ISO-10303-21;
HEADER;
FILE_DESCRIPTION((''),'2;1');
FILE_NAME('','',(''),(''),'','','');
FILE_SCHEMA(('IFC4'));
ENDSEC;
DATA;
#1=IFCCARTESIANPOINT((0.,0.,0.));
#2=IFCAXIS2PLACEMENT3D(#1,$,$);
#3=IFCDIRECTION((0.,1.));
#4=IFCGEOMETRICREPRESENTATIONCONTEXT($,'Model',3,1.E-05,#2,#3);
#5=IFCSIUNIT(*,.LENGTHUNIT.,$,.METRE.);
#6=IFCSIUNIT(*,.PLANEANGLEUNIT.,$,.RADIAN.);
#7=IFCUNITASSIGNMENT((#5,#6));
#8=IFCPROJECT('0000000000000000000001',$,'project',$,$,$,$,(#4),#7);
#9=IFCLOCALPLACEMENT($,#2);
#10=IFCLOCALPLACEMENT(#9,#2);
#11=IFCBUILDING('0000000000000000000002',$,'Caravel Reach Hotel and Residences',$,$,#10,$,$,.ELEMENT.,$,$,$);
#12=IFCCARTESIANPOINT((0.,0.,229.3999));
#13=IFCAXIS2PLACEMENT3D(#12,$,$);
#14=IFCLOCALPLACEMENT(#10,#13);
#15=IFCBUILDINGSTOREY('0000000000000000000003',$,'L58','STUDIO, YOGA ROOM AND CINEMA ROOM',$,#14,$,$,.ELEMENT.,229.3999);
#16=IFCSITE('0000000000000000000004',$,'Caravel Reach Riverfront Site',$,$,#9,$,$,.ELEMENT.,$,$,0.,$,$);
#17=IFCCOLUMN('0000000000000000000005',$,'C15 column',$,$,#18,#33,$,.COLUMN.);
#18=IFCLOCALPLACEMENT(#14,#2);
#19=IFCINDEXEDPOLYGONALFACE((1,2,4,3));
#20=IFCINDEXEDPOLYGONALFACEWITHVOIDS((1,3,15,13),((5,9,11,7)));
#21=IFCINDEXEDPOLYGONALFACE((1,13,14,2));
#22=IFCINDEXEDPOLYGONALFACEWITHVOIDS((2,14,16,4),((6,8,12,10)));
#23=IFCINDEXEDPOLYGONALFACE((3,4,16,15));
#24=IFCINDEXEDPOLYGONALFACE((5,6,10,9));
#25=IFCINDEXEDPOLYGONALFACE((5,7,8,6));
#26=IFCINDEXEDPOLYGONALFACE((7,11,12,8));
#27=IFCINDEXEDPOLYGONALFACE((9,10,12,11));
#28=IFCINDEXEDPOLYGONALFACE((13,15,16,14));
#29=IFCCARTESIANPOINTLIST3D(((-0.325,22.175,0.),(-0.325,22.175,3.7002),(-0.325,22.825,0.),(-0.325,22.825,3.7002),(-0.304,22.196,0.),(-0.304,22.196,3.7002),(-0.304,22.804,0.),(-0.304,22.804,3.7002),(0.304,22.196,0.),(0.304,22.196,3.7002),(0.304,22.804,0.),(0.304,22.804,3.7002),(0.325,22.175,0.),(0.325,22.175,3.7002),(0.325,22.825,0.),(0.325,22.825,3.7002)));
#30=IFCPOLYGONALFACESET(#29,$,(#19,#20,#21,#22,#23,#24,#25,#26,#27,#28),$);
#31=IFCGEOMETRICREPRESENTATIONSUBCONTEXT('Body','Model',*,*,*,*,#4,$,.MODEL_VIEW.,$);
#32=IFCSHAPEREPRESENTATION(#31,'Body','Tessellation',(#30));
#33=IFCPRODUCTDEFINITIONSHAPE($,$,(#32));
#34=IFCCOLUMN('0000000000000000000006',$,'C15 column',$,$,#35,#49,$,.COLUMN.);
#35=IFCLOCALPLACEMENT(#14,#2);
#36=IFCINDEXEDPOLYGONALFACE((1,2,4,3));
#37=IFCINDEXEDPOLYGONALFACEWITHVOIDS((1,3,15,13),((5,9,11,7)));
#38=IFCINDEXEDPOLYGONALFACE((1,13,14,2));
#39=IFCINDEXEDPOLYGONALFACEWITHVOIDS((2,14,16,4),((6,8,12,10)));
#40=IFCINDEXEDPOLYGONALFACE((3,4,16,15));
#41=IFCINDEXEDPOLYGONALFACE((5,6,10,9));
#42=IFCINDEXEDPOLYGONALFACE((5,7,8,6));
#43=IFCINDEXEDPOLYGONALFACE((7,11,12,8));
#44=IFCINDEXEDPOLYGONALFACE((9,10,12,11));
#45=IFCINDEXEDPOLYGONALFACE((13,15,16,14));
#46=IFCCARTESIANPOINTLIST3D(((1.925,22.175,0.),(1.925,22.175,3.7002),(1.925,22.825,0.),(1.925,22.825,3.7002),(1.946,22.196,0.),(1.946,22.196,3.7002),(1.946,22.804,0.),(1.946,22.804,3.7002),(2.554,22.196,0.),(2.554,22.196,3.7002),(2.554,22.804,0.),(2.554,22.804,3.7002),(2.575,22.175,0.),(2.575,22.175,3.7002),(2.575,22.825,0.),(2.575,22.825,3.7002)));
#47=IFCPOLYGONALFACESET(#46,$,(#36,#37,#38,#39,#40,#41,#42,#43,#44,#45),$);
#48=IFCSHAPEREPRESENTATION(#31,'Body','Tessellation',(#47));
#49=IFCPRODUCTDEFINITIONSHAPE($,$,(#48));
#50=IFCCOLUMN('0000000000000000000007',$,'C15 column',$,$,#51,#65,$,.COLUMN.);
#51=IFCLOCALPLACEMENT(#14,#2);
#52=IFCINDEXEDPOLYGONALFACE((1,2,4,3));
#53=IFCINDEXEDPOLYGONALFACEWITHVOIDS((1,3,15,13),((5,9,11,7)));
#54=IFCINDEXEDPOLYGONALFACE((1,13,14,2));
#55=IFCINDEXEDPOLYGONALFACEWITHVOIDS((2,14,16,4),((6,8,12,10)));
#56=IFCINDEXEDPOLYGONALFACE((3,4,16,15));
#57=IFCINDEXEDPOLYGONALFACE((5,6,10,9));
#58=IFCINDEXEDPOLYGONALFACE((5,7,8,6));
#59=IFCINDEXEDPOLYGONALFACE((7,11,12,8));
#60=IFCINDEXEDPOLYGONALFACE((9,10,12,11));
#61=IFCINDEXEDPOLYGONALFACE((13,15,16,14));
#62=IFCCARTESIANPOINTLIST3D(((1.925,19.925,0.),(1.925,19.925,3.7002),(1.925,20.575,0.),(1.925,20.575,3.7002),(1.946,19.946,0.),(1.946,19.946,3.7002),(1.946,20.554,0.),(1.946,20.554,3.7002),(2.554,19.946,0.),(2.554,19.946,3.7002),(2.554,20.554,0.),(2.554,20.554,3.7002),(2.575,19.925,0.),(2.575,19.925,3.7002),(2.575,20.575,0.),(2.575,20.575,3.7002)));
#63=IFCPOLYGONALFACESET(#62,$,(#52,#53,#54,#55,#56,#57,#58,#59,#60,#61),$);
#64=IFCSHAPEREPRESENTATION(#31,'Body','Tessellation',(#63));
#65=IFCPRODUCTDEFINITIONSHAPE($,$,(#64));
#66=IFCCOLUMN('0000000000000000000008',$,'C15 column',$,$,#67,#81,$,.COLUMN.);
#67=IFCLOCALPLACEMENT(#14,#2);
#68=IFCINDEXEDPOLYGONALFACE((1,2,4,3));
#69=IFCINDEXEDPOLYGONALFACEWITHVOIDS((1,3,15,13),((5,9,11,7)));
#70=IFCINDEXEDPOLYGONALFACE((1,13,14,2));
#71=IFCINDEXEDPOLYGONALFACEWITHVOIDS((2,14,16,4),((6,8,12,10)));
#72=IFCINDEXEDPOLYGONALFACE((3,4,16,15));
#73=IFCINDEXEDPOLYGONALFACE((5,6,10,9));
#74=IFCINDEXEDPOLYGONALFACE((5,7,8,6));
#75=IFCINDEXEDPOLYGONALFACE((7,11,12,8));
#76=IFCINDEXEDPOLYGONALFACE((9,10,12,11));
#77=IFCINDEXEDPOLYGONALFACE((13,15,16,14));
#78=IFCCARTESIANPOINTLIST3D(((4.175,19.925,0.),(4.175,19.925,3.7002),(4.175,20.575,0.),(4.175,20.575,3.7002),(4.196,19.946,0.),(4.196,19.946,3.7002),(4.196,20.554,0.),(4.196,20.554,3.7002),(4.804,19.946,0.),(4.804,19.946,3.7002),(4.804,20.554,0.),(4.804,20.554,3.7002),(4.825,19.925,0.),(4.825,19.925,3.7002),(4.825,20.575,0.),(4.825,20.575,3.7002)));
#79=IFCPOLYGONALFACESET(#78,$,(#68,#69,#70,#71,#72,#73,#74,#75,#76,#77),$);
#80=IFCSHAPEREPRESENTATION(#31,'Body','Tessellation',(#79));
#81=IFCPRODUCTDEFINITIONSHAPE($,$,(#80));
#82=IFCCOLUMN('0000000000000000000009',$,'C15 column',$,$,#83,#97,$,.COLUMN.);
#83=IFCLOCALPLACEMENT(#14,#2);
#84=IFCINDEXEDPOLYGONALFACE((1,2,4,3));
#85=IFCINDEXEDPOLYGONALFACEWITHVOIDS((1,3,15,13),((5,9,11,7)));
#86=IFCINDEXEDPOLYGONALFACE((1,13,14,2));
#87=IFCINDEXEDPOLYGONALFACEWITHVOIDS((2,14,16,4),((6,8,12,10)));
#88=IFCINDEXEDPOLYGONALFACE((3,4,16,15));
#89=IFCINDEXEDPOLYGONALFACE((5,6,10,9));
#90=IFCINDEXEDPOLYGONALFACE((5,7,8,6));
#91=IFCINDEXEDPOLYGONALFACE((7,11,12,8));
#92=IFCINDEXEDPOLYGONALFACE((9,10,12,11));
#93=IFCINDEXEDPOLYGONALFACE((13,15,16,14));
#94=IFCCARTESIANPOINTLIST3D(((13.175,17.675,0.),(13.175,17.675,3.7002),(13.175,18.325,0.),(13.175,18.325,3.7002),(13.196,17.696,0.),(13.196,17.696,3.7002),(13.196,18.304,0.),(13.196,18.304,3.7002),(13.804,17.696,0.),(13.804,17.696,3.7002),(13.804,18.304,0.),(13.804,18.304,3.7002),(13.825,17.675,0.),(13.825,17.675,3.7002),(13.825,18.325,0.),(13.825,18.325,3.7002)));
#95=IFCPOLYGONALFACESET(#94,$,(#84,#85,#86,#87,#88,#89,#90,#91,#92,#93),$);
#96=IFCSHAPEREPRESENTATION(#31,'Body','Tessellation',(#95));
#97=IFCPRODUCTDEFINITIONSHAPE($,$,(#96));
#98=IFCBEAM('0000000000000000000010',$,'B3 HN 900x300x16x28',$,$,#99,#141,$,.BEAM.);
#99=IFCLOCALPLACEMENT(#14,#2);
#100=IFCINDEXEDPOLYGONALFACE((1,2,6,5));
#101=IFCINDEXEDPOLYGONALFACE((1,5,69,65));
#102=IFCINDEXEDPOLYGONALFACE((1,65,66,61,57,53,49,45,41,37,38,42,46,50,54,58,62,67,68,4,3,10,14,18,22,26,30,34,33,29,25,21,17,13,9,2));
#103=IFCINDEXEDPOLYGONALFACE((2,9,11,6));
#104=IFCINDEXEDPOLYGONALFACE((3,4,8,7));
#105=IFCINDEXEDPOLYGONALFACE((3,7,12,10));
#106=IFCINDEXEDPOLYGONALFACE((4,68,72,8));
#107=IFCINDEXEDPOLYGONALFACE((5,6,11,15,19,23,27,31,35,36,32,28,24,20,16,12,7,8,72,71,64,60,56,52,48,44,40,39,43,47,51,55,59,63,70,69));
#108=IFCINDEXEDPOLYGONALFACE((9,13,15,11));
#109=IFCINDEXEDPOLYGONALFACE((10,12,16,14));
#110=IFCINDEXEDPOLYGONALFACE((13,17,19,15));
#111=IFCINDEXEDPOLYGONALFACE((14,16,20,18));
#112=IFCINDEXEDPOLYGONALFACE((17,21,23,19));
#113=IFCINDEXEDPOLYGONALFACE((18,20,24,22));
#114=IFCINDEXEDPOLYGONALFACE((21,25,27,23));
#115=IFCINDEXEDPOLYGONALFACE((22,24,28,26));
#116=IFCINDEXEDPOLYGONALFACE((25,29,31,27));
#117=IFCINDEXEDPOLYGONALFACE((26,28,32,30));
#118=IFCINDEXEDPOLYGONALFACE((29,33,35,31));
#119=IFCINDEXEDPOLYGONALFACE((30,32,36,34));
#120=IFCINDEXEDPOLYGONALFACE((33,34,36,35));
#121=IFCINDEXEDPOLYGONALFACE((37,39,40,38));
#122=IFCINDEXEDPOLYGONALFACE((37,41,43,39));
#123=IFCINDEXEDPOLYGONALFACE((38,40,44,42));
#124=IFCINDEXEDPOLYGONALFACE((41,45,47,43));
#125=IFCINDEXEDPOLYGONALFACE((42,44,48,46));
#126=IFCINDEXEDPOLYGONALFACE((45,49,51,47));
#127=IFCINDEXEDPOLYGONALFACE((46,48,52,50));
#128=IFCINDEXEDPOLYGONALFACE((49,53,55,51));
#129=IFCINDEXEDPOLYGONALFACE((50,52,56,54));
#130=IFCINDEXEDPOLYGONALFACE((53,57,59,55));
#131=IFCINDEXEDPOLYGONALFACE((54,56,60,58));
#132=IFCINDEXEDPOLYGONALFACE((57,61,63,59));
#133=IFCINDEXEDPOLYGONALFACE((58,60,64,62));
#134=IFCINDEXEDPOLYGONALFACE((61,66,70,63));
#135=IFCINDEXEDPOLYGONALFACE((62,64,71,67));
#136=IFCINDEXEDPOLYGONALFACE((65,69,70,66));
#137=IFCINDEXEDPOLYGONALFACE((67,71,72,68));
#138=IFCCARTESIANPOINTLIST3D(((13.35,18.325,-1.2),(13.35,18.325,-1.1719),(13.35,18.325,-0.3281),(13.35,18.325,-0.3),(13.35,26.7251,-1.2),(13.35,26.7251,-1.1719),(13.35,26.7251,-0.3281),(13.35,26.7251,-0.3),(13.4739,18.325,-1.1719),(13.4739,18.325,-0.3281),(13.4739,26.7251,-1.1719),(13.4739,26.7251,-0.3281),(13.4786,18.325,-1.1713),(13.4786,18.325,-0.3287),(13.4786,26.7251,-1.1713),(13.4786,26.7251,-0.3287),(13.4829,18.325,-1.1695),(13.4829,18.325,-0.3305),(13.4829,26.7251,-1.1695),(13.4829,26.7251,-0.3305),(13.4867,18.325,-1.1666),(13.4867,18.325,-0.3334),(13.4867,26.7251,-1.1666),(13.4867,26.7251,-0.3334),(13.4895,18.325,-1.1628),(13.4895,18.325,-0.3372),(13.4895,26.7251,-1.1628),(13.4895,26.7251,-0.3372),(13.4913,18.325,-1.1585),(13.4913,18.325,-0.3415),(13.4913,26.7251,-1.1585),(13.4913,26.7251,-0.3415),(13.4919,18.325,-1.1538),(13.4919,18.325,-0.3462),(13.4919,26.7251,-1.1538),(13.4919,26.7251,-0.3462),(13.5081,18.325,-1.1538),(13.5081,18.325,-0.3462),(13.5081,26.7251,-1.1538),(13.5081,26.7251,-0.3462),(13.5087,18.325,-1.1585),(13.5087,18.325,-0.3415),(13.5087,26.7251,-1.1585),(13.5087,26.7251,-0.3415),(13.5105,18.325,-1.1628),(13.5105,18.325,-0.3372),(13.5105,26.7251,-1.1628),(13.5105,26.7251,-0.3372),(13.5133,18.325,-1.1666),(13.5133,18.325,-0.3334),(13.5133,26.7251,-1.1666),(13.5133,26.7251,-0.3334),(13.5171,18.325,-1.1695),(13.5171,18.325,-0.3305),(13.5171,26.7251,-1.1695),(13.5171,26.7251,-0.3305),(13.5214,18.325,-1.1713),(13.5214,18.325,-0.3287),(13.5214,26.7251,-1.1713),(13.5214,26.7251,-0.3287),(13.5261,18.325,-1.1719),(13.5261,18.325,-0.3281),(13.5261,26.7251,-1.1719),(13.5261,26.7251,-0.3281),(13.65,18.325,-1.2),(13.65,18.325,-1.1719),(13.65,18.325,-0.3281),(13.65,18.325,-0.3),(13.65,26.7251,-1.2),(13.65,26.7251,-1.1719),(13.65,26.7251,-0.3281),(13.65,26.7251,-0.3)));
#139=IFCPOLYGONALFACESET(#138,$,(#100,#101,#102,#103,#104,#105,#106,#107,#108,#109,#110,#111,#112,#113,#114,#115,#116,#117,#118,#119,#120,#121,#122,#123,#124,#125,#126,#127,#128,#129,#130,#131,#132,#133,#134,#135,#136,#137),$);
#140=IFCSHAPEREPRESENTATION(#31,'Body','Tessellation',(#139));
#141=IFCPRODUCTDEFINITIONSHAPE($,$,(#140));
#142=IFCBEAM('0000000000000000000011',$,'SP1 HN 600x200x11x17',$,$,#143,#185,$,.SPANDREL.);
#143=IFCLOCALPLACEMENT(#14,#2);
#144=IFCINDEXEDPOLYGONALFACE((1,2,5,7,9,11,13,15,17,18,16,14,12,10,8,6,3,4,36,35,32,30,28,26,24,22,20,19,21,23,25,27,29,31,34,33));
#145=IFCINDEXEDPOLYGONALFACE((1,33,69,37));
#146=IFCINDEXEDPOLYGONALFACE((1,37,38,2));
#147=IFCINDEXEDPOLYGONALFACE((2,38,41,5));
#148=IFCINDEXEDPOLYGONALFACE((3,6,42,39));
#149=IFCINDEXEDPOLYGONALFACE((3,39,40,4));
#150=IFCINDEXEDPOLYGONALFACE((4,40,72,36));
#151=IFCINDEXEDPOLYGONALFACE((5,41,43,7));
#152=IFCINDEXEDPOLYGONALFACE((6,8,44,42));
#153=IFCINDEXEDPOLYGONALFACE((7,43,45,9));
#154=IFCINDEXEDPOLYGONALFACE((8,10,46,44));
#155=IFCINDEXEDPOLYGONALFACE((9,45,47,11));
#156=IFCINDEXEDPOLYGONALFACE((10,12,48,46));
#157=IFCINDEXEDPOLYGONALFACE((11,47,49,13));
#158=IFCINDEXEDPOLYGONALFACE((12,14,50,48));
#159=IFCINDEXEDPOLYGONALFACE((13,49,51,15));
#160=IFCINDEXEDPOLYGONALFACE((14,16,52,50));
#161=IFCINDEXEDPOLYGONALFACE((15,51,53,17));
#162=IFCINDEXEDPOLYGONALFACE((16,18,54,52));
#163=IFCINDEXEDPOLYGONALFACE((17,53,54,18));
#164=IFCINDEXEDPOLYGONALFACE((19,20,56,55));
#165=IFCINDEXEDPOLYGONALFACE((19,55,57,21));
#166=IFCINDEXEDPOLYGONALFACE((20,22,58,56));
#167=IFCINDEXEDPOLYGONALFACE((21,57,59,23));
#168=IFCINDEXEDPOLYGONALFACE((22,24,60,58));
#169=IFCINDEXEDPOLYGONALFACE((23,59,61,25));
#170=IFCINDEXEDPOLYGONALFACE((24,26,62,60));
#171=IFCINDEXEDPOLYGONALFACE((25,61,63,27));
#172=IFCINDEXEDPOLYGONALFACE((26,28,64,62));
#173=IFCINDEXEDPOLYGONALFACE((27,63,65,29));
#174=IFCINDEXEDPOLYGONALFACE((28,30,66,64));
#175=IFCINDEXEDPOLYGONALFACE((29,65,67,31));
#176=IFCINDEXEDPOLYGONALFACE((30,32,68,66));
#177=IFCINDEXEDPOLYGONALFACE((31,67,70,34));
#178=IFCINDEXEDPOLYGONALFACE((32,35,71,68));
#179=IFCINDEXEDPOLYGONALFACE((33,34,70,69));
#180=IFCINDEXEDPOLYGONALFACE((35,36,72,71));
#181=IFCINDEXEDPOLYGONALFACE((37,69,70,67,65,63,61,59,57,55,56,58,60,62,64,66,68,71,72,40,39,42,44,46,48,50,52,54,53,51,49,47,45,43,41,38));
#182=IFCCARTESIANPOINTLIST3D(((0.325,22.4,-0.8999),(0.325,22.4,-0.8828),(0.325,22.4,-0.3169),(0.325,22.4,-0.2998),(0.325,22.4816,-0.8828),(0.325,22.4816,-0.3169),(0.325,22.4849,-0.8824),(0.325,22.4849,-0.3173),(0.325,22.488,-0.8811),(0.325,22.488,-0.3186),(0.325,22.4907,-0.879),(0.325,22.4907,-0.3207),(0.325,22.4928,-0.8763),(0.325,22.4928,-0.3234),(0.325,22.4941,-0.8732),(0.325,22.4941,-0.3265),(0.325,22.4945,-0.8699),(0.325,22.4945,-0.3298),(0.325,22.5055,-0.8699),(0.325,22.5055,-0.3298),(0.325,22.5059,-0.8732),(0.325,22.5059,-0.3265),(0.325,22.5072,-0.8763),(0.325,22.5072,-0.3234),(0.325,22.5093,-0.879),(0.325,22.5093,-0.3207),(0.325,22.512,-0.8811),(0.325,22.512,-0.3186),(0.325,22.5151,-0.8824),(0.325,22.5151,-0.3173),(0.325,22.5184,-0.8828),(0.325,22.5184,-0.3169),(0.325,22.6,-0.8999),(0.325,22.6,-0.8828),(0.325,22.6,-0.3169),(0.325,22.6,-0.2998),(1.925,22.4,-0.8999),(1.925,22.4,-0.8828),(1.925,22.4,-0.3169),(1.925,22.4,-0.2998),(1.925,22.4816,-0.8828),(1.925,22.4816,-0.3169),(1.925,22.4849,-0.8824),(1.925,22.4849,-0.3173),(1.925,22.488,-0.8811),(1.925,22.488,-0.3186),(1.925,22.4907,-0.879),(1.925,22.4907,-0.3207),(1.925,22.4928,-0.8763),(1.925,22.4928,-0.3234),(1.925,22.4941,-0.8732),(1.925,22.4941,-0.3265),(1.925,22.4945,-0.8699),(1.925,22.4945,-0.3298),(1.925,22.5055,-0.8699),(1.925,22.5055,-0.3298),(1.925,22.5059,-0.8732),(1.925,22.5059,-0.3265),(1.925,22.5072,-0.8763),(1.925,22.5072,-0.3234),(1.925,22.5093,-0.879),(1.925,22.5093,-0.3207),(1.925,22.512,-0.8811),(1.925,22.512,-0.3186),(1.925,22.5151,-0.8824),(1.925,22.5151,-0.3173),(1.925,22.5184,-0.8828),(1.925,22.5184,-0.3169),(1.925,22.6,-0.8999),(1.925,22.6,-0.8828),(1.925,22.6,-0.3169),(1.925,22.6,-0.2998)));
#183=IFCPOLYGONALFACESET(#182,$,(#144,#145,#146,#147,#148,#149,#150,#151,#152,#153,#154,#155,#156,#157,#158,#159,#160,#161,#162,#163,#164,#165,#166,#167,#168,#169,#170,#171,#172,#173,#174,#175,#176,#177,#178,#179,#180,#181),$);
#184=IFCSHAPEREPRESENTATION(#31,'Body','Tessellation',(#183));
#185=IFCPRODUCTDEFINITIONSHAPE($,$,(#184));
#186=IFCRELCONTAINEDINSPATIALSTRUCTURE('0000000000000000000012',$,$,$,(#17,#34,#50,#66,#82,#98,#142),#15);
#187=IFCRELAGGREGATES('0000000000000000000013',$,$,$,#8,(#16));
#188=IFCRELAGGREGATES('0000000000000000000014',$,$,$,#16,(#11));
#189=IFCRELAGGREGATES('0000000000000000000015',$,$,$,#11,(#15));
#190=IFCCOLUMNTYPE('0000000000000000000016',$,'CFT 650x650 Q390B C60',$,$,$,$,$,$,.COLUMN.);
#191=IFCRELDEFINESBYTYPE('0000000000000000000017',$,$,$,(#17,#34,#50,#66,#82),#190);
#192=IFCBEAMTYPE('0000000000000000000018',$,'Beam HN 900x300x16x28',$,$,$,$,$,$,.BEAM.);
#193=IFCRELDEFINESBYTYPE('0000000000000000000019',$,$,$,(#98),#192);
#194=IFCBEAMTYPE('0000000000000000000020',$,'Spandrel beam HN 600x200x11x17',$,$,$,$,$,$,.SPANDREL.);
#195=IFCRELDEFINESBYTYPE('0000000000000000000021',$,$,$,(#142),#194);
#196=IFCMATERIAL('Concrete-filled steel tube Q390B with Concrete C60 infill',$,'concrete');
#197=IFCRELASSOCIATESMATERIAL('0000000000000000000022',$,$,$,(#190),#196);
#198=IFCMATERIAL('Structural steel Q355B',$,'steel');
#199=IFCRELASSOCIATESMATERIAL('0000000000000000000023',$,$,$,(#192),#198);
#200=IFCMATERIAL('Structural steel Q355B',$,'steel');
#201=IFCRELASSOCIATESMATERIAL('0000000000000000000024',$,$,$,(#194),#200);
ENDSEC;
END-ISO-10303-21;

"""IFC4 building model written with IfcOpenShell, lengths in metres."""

from ifc_helpers import new_model, si_unit, direction, frame, origin, origin_2d, place, context, subcontext, project, spatial, hollow_rectangle, i_section, extrude, material, material_profile, profile_set, type_object, element, save


model = new_model("IFC4")

# Units and contexts
model_context = context("Model", 3, precision=1e-05, world=origin(), true_north=direction((0.0, 1.0)))
body_context = subcontext(model_context, "Body", "Model", "MODEL_VIEW")
ifc_project = project(units=[si_unit("LENGTHUNIT", "METRE"), si_unit("PLANEANGLEUNIT", "RADIAN")], contexts=[model_context])

# Site, building, storey
site_placement = place(None, origin())
site = spatial("IfcSite", under=ifc_project, at=site_placement, Name="Caravel Reach Riverfront Site", CompositionType="ELEMENT", RefElevation=0.0)
building_placement = place(site_placement, origin())
building = spatial("IfcBuilding", under=site, at=building_placement, Name="Caravel Reach Hotel and Residences", CompositionType="ELEMENT")
storey_placement = place(building_placement, frame((0.0, 0.0, 229.3999)))
storey = spatial("IfcBuildingStorey", under=building, at=storey_placement, Name="L58", Description="STUDIO, YOGA ROOM AND CINEMA ROOM", CompositionType="ELEMENT", Elevation=229.3999)

# Columns
ifc_material_1 = material(Name="Concrete-filled steel tube Q390B with Concrete C60 infill", Category="concrete")
ifc_material_profile_1 = material_profile(ifc_material_1, hollow_rectangle(XDim=0.6499, YDim=0.6499, WallThickness=0.021, at=origin_2d()), Name="RHS 650x650x21")
ifc_profile_set_1 = profile_set([ifc_material_profile_1], Name="Concrete-filled steel tube Q390B with Concrete C60 infill")
column_type = type_object("IfcColumnType", Name="CFT 650x650 Q390B C60", PredefinedType="COLUMN", material=ifc_profile_set_1)
for number, where, z_axis, x_axis, name in (
    (1, (0.0, 22.5, 0.0), (0.0, 0.0, 1.0), (1.0, 0.0, 0.0), "C15 column"),
    (2, (2.25, 22.5, 0.0), (0.0, 0.0, 1.0), (1.0, 0.0, 0.0), "C15 column"),
    (3, (2.25, 20.25, 0.0), (0.0, 0.0, 1.0), (1.0, 0.0, 0.0), "C15 column"),
    (4, (4.5, 20.25, 0.0), (0.0, 0.0, 1.0), (1.0, 0.0, 0.0), "C15 column"),
    (5, (13.5, 18.0, 0.0), (0.0, 0.0, 1.0), (1.0, 0.0, 0.0), "C15 column"),
):
    element("IfcColumn", number, at=place(storey_placement, frame(where, z_axis=z_axis, x_axis=x_axis)), inside=storey, type_object=column_type, Name=name, PredefinedType="COLUMN", context=body_context, shape_type="SweptSolid", body=[
        extrude(hollow_rectangle(XDim=0.6499, YDim=0.6499, WallThickness=0.021, at=origin_2d()), origin(), (0.0, 0.0, 1.0), 3.7002),
    ])

# Beams
ifc_material_2 = material(Name="Structural steel Q355B", Category="steel")
ifc_material_profile_2 = material_profile(ifc_material_2, i_section(OverallWidth=0.3, OverallDepth=0.8999, WebThickness=0.0161, FlangeThickness=0.0281, FilletRadius=0.0181, at=origin_2d()), Name="HN 900x300x16x28")
ifc_profile_set_2 = profile_set([ifc_material_profile_2], Name="Structural steel Q355B")
beam_type_1 = type_object("IfcBeamType", Name="Beam HN 900x300x16x28", PredefinedType="BEAM", material=ifc_profile_set_2)
beam_1_placement = place(storey_placement, frame((13.5, 18.325, -0.75), z_axis=(0.0, 1.0, 0.0), x_axis=(-1.0, 0.0, 0.0)))
element("IfcBeam", 6, at=beam_1_placement, inside=storey, type_object=beam_type_1, Name="B3 HN 900x300x16x28", PredefinedType="BEAM", context=body_context, shape_type="SweptSolid", body=[
    extrude(i_section(OverallWidth=0.3, OverallDepth=0.8999, WebThickness=0.0161, FlangeThickness=0.0281, FilletRadius=0.0181, at=origin_2d()), origin(), (0.0, 0.0, 1.0), 8.4001),
])
ifc_material_3 = material(Name="Structural steel Q355B", Category="steel")
ifc_material_profile_3 = material_profile(ifc_material_3, i_section(OverallWidth=0.2, OverallDepth=0.6001, WebThickness=0.011, FlangeThickness=0.0171, FilletRadius=0.0129, at=origin_2d()), Name="HN 600x200x11x17")
ifc_profile_set_3 = profile_set([ifc_material_profile_3], Name="Structural steel Q355B")
beam_type_2 = type_object("IfcBeamType", Name="Spandrel beam HN 600x200x11x17", PredefinedType="SPANDREL", material=ifc_profile_set_3)
for number, where, z_axis, x_axis, name in (
    (7, (0.325, 22.5, -0.5999), (1.0, 0.0, 0.0), (0.0, 1.0, 0.0), "SP1 HN 600x200x11x17"),
):
    element("IfcBeam", number, at=place(storey_placement, frame(where, z_axis=z_axis, x_axis=x_axis)), inside=storey, type_object=beam_type_2, Name=name, PredefinedType="SPANDREL", context=body_context, shape_type="SweptSolid", body=[
        extrude(i_section(OverallWidth=0.2, OverallDepth=0.6001, WebThickness=0.011, FlangeThickness=0.0171, FilletRadius=0.0129, at=origin_2d()), origin(), (0.0, 0.0, 1.0), 1.6001),
    ])

save(model, "model.ifc")
